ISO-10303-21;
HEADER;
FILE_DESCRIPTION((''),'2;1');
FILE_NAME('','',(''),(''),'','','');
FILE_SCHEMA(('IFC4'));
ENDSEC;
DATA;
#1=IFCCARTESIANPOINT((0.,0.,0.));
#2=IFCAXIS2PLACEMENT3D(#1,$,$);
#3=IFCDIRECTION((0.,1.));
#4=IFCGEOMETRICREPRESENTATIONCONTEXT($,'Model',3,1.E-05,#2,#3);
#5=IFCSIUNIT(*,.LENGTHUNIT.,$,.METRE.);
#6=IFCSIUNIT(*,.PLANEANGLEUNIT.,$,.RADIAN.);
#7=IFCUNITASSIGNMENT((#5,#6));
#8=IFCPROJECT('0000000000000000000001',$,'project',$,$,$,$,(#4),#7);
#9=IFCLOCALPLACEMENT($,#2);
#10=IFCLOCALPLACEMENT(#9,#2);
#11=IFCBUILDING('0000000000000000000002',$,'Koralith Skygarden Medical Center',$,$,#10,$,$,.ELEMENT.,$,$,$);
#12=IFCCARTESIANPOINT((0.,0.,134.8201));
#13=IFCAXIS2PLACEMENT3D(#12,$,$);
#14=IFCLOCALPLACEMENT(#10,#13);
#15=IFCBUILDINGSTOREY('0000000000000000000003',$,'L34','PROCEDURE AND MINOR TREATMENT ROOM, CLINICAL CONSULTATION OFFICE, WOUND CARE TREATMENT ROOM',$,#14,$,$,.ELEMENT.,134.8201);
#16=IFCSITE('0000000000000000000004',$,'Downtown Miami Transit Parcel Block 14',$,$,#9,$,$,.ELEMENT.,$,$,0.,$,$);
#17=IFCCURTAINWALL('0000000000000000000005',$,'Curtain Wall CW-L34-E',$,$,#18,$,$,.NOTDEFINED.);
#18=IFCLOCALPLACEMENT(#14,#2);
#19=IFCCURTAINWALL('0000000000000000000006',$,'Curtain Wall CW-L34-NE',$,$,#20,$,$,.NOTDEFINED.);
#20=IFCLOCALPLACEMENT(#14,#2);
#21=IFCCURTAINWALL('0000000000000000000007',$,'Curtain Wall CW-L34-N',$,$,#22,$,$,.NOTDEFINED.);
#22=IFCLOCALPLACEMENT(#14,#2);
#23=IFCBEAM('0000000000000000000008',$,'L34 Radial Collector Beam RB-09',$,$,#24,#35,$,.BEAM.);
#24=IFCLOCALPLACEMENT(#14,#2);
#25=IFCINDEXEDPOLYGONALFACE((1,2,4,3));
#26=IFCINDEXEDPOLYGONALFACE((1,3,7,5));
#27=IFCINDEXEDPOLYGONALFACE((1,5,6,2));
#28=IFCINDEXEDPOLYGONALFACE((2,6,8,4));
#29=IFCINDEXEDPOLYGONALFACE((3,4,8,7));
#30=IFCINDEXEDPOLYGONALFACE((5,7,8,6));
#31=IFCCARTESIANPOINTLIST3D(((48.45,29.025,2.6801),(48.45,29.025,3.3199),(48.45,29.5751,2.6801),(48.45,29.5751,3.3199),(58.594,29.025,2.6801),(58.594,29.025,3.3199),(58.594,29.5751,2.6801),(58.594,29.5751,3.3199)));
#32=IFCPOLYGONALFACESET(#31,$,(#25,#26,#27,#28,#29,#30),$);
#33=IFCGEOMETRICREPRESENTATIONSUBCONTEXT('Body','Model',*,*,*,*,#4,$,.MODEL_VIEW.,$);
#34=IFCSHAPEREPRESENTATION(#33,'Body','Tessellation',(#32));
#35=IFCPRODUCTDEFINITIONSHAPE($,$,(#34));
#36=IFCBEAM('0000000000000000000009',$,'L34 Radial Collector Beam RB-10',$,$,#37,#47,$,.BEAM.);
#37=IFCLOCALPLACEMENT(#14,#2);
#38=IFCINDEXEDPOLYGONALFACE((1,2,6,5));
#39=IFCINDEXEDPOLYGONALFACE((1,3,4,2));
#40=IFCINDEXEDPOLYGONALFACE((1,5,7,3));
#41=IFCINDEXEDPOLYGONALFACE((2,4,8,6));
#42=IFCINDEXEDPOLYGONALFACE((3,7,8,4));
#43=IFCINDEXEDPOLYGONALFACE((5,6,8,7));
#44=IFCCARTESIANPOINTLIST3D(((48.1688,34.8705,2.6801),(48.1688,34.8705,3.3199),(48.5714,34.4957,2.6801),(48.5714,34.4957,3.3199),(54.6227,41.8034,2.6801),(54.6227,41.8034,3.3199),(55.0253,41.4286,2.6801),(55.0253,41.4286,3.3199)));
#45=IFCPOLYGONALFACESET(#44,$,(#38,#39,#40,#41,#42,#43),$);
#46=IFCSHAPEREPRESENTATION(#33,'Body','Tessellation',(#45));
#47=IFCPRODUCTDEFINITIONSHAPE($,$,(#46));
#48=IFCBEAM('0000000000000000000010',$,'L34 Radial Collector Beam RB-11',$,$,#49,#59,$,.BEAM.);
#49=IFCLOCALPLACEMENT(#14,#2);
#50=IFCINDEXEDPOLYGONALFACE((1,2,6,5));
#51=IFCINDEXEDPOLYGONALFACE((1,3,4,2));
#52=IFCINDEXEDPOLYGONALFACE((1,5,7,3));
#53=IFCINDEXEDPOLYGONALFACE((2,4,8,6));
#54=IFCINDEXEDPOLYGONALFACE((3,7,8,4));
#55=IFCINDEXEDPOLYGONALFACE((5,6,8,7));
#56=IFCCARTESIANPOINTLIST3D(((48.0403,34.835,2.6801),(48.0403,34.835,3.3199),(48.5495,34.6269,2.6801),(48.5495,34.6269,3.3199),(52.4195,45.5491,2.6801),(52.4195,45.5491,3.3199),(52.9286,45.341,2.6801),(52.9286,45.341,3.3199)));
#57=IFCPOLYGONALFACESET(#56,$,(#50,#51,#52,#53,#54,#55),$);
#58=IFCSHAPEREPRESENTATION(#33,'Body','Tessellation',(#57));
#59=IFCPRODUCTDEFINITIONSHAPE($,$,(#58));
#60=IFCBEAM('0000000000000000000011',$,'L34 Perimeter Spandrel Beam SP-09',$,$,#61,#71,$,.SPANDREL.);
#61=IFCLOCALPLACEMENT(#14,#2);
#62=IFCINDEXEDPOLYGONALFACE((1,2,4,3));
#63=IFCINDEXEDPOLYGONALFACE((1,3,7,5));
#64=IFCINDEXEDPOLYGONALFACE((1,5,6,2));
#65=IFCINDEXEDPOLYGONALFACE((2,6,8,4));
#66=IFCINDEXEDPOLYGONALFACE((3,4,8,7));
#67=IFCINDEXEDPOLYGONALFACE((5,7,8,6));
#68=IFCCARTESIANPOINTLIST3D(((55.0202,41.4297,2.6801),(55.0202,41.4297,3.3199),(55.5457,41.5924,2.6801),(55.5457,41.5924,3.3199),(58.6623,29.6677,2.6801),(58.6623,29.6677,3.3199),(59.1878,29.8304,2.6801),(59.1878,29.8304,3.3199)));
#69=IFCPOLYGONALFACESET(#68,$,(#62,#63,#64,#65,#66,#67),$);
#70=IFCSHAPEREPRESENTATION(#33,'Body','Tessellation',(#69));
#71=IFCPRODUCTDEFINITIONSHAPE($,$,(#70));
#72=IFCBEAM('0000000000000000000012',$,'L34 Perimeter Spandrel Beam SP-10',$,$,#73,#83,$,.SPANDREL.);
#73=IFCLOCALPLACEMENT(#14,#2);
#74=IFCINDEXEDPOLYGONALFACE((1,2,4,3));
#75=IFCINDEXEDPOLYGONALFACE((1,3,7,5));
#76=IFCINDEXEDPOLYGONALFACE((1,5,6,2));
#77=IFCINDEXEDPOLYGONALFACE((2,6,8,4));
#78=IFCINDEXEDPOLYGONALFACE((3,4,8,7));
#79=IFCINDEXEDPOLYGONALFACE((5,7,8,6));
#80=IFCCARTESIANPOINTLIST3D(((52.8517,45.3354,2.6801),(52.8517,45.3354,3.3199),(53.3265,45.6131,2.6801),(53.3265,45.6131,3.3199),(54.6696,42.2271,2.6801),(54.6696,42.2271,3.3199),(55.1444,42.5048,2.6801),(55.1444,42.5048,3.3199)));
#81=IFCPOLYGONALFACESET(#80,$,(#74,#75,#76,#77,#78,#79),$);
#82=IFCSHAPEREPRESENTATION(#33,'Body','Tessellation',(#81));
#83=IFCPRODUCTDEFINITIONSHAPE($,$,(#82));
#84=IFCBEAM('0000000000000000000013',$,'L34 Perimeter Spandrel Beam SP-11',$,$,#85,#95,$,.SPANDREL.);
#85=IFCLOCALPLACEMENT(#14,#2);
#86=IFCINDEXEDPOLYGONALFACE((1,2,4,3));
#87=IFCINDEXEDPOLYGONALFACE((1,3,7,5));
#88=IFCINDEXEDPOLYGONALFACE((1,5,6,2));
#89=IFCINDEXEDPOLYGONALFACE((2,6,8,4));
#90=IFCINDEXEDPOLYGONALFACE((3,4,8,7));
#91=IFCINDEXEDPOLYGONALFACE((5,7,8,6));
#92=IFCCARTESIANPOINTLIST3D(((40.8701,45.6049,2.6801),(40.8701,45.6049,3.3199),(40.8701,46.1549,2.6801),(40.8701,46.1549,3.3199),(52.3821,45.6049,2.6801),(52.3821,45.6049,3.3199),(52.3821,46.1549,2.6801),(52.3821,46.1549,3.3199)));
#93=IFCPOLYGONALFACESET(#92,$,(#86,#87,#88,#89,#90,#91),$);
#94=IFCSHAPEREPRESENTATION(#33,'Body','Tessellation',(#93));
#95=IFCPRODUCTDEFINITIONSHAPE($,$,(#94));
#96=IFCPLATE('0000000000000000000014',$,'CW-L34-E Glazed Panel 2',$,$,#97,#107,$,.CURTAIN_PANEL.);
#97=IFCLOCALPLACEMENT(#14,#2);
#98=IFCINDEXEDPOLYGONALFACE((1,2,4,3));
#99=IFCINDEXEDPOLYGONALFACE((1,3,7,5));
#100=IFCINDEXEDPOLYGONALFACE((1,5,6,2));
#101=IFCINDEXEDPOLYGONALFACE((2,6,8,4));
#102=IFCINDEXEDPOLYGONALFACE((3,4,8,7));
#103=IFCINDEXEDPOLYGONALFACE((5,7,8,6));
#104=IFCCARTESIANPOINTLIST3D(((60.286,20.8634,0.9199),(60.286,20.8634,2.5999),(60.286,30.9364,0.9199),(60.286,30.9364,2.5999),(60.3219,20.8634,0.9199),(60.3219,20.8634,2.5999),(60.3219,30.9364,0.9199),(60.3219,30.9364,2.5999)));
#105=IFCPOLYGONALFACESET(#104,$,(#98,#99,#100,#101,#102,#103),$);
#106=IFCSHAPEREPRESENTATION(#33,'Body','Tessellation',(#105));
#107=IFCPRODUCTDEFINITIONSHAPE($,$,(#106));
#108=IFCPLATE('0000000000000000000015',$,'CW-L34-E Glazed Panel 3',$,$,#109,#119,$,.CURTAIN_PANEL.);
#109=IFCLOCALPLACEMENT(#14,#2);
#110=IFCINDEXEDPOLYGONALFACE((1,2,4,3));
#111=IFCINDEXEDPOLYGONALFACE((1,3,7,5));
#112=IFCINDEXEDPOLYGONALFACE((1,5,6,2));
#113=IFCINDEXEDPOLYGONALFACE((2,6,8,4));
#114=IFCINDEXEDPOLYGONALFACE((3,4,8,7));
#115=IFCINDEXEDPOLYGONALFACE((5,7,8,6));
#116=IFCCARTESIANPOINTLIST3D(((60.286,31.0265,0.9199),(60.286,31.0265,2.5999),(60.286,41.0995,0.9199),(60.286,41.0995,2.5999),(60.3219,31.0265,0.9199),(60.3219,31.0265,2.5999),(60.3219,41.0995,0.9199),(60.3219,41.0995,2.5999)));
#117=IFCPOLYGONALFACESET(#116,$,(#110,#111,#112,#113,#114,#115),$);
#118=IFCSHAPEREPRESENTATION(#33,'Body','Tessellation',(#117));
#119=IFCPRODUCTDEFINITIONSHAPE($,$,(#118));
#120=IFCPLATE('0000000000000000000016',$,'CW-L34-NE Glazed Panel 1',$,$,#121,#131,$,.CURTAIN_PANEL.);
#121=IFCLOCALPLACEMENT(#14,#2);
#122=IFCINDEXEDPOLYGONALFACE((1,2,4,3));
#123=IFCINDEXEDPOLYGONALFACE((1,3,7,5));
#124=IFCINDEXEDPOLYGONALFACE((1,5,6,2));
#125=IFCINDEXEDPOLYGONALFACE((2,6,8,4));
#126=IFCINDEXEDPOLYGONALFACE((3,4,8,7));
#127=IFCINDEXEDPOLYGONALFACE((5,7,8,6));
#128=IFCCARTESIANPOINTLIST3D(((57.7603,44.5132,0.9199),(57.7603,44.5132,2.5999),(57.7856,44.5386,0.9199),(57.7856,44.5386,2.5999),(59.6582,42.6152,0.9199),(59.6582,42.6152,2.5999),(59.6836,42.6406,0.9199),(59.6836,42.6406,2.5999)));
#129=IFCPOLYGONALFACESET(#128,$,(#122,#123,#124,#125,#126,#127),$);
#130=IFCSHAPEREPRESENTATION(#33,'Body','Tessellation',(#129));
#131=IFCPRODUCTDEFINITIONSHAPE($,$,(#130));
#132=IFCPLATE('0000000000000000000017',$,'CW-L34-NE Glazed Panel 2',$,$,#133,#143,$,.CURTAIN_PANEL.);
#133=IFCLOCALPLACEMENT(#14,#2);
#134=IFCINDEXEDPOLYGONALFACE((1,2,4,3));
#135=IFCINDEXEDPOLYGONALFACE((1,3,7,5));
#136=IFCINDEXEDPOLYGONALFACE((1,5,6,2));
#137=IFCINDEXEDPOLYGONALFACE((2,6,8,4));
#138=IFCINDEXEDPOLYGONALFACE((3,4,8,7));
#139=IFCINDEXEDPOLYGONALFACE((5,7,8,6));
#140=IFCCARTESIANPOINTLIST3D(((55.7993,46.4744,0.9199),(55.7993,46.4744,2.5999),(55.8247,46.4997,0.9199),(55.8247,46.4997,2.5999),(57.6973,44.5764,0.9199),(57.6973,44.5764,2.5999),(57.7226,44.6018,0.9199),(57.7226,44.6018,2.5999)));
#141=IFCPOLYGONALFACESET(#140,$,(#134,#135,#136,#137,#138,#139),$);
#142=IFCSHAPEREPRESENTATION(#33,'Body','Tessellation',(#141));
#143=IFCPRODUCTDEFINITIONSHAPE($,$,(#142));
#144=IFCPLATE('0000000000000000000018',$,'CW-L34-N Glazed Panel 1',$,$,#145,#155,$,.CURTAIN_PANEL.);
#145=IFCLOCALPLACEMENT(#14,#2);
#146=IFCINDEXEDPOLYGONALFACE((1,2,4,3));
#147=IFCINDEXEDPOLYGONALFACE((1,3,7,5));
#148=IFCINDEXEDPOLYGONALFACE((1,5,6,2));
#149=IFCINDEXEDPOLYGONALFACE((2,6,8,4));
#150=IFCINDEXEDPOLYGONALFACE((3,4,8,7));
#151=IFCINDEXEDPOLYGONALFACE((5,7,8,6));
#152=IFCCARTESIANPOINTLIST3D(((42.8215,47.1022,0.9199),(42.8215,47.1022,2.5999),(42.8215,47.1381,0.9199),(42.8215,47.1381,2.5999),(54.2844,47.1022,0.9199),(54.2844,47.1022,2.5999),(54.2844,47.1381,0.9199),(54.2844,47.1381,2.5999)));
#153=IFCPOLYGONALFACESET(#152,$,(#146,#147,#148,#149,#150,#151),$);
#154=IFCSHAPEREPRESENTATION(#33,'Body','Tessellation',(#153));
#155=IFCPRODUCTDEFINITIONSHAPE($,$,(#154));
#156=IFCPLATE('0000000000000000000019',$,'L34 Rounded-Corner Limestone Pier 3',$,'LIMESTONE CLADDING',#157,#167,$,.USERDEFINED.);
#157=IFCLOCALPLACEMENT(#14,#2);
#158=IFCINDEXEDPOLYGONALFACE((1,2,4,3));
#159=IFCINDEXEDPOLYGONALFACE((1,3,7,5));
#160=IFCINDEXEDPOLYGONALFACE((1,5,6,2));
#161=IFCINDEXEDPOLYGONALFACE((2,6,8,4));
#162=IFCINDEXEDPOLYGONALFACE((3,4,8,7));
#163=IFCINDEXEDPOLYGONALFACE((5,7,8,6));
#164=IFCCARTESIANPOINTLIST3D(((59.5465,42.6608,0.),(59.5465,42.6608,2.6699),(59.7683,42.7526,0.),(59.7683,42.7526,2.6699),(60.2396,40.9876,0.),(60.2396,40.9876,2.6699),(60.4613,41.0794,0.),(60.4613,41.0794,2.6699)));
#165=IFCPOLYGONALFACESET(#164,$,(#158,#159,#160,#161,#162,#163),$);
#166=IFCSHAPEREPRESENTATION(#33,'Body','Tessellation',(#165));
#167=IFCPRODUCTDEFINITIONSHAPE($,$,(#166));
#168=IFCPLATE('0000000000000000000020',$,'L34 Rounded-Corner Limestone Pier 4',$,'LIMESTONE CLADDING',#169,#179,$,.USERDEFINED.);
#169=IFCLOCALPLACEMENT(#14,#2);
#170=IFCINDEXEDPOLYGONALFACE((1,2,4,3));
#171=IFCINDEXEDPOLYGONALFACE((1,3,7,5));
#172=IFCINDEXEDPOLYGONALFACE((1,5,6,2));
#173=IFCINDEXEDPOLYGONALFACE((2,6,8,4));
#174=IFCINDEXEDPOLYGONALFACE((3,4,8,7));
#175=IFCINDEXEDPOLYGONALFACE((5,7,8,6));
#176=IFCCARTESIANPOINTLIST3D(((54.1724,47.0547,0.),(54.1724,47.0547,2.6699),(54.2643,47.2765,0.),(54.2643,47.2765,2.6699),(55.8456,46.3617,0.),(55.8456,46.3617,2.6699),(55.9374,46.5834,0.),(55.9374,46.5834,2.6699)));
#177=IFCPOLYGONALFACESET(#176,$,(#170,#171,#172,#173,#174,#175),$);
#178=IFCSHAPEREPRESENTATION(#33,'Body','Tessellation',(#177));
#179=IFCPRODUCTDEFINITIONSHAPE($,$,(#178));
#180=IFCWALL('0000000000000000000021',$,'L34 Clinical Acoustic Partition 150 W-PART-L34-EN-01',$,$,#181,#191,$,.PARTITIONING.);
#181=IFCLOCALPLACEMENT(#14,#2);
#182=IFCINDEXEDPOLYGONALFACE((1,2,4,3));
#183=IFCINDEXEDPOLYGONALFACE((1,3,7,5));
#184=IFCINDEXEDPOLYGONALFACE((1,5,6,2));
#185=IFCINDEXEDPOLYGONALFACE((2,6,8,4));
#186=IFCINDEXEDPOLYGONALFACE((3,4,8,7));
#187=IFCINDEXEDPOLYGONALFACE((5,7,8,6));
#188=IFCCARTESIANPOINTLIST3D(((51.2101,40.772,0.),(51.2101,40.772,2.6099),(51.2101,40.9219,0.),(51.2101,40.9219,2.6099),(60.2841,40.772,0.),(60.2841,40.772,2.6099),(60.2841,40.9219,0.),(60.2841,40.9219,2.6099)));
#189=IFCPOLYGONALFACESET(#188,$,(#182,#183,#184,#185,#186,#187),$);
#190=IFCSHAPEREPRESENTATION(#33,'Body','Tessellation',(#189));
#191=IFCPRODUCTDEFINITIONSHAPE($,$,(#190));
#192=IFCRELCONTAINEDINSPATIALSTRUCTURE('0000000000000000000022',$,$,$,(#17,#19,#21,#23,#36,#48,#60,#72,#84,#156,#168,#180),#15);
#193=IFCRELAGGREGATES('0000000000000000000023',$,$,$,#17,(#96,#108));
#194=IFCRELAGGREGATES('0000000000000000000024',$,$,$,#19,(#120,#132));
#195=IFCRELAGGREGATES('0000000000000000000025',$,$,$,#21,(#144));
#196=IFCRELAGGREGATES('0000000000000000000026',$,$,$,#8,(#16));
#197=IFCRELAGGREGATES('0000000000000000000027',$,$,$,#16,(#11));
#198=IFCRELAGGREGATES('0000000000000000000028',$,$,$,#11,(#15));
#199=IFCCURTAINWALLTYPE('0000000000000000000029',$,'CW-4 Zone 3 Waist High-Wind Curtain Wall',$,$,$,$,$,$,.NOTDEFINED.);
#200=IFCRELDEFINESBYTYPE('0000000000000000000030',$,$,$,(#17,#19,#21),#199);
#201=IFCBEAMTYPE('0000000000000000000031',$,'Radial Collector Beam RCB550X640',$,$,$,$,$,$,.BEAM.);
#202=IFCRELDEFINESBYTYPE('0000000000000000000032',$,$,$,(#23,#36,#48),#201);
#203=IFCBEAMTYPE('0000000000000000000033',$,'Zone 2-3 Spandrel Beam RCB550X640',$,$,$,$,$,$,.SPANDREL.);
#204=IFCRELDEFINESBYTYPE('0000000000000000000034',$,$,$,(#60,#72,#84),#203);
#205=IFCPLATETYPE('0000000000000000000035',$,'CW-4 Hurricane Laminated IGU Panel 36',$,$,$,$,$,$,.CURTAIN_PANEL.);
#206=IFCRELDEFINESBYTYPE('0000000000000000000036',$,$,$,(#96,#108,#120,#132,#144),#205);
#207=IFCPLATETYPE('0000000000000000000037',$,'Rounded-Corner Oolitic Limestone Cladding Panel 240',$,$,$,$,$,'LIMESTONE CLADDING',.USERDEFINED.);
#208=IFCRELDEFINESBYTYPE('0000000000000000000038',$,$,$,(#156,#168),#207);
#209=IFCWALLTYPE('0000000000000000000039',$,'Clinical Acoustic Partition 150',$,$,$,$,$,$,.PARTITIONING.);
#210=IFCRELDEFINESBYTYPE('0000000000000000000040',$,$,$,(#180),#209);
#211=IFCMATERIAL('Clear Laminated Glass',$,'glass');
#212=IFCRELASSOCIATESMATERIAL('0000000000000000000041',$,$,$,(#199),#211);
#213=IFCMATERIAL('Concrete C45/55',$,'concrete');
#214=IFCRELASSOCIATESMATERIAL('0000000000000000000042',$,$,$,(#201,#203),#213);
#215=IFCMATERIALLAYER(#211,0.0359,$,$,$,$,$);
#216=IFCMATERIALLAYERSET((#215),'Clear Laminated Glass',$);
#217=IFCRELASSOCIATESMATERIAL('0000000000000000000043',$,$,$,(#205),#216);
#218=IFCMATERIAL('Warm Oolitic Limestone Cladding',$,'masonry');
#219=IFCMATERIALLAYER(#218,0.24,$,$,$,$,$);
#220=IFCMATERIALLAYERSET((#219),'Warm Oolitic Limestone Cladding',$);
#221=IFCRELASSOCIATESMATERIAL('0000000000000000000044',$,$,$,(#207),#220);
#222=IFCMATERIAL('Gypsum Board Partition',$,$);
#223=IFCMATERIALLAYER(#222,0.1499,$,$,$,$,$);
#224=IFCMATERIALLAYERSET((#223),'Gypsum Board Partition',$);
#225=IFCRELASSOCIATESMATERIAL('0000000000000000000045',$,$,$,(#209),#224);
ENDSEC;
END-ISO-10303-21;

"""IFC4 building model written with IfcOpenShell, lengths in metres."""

from ifc_helpers import new_model, si_unit, direction, frame, frame_2d, origin, origin_2d, place, context, subcontext, project, spatial, rectangle, extrude, material, layer, layer_set, material_profile, profile_set, type_object, element, aggregate, save


model = new_model("IFC4")

# Units and contexts
model_context = context("Model", 3, precision=1e-05, world=origin(), true_north=direction((0.0, 1.0)))
body_context = subcontext(model_context, "Body", "Model", "MODEL_VIEW")
ifc_project = project(units=[si_unit("LENGTHUNIT", "METRE"), si_unit("PLANEANGLEUNIT", "RADIAN")], contexts=[model_context])

# Site, building, storey
site_placement = place(None, origin())
site = spatial("IfcSite", under=ifc_project, at=site_placement, Name="Downtown Miami Transit Parcel Block 14", CompositionType="ELEMENT", RefElevation=0.0)
building_placement = place(site_placement, origin())
building = spatial("IfcBuilding", under=site, at=building_placement, Name="Koralith Skygarden Medical Center", CompositionType="ELEMENT")
storey_placement = place(building_placement, frame((0.0, 0.0, 134.8201)))
storey = spatial("IfcBuildingStorey", under=building, at=storey_placement, Name="L34", Description="PROCEDURE AND MINOR TREATMENT ROOM, CLINICAL CONSULTATION OFFICE, WOUND CARE TREATMENT ROOM", CompositionType="ELEMENT", Elevation=134.8201)

# Curtain walls
ifc_material_1 = material(Name="Clear Laminated Glass", Category="glass")
curtain_wall_type = type_object("IfcCurtainWallType", Name="CW-4 Zone 3 Waist High-Wind Curtain Wall", PredefinedType="NOTDEFINED", material=ifc_material_1)
curtain_wall_1_placement = place(storey_placement, origin())
curtain_wall_1 = element("IfcCurtainWall", 1, at=curtain_wall_1_placement, inside=storey, type_object=curtain_wall_type, Name="Curtain Wall CW-L34-E", PredefinedType="NOTDEFINED")
curtain_wall_2_placement = place(storey_placement, origin())
curtain_wall_2 = element("IfcCurtainWall", 2, at=curtain_wall_2_placement, inside=storey, type_object=curtain_wall_type, Name="Curtain Wall CW-L34-NE", PredefinedType="NOTDEFINED")

# Curtain wall
curtain_wall_3_placement = place(storey_placement, origin())
curtain_wall_3 = element("IfcCurtainWall", 3, at=curtain_wall_3_placement, inside=storey, type_object=curtain_wall_type, Name="Curtain Wall CW-L34-N", PredefinedType="NOTDEFINED")

# Beams
ifc_material_2 = material(Name="Concrete C45/55", Category="concrete")
ifc_material_profile_1 = material_profile(ifc_material_2, rectangle(XDim=0.55, YDim=0.6399, at=origin_2d()), Name="RCB550X640")
ifc_profile_set_1 = profile_set([ifc_material_profile_1], Name="Concrete C45/55")
beam_type_1 = type_object("IfcBeamType", Name="Radial Collector Beam RCB550X640", PredefinedType="BEAM", material=ifc_profile_set_1)
beam_1_placement = place(storey_placement, frame((48.45, 29.3, 3.0), z_axis=(1.0, 0.0, 0.0), x_axis=(0.0, 1.0, 0.0)))
element("IfcBeam", 4, at=beam_1_placement, inside=storey, type_object=beam_type_1, Name="L34 Radial Collector Beam RB-09", PredefinedType="BEAM", context=body_context, shape_type="SweptSolid", body=[
    extrude(rectangle(XDim=0.55, YDim=0.6399, at=origin_2d()), origin(), (0.0, 0.0, 1.0), 10.144),
])
beam_2_placement = place(storey_placement, frame((48.3701, 34.6831, 3.0), z_axis=(0.681369, 0.73194, 0.0), x_axis=(-0.73194, 0.681369, 0.0)))
element("IfcBeam", 5, at=beam_2_placement, inside=storey, type_object=beam_type_1, Name="L34 Radial Collector Beam RB-10", PredefinedType="BEAM", context=body_context, shape_type="SweptSolid", body=[
    extrude(rectangle(XDim=0.55, YDim=0.6399, at=origin_2d()), origin(), (0.0, 0.0, 1.0), 9.4719),
])
beam_3_placement = place(storey_placement, frame((48.2949, 34.731, 3.0), z_axis=(0.378345, 0.925665, 0.0), x_axis=(-0.925665, 0.378345, 0.0)))
element("IfcBeam", 6, at=beam_3_placement, inside=storey, type_object=beam_type_1, Name="L34 Radial Collector Beam RB-11", PredefinedType="BEAM", context=body_context, shape_type="SweptSolid", body=[
    extrude(rectangle(XDim=0.55, YDim=0.6399, at=origin_2d()), origin(), (0.0, 0.0, 1.0), 11.5745),
])
ifc_material_profile_2 = material_profile(ifc_material_2, rectangle(XDim=0.55, YDim=0.6399, at=origin_2d()), Name="RCB550X640")
ifc_profile_set_2 = profile_set([ifc_material_profile_2], Name="Concrete C45/55")
beam_type_2 = type_object("IfcBeamType", Name="Zone 2-3 Spandrel Beam RCB550X640", PredefinedType="SPANDREL", material=ifc_profile_set_2)
beam_4_placement = place(storey_placement, frame((58.925, 29.749, 3.0), z_axis=(-0.295794, 0.955252, 0.0), x_axis=(-0.955252, -0.295794, 0.0)))
element("IfcBeam", 7, at=beam_4_placement, inside=storey, type_object=beam_type_2, Name="L34 Perimeter Spandrel Beam SP-09", PredefinedType="SPANDREL", context=body_context, shape_type="SweptSolid", body=[
    extrude(rectangle(XDim=0.55, YDim=0.6399, at=origin_2d()), origin(), (0.0, 0.0, 1.0), 12.313),
])
beam_5_placement = place(storey_placement, frame((54.907, 42.366, 3.0), z_axis=(-0.504861, 0.8632, 0.0), x_axis=(-0.8632, -0.504861, 0.0)))
element("IfcBeam", 8, at=beam_5_placement, inside=storey, type_object=beam_type_2, Name="L34 Perimeter Spandrel Beam SP-10", PredefinedType="SPANDREL", context=body_context, shape_type="SweptSolid", body=[
    extrude(rectangle(XDim=0.55, YDim=0.6399, at=origin_2d()), origin(), (0.0, 0.0, 1.0), 3.6008),
])
beam_6_placement = place(storey_placement, frame((52.3821, 45.8799, 3.0), z_axis=(-1.0, 0.0, 0.0), x_axis=(0.0, -1.0, 0.0)))
element("IfcBeam", 9, at=beam_6_placement, inside=storey, type_object=beam_type_2, Name="L34 Perimeter Spandrel Beam SP-11", PredefinedType="SPANDREL", context=body_context, shape_type="SweptSolid", body=[
    extrude(rectangle(XDim=0.55, YDim=0.6399, at=origin_2d()), origin(), (0.0, 0.0, 1.0), 11.512),
])

# Plates
ifc_layer_1 = layer(ifc_material_1, 0.0359)
ifc_layer_set_1 = layer_set([ifc_layer_1], Name="Clear Laminated Glass")
plate_type_1 = type_object("IfcPlateType", Name="CW-4 Hurricane Laminated IGU Panel 36", PredefinedType="CURTAIN_PANEL", material=ifc_layer_set_1)
plate_1_placement = place(storey_placement, frame((60.304, 25.8999, 0.9199), z_axis=(0.0, 0.0, 1.0), x_axis=(0.0, 1.0, 0.0)))
plate_1 = element("IfcPlate", 10, at=plate_1_placement, type_object=plate_type_1, Name="CW-L34-E Glazed Panel 2", PredefinedType="CURTAIN_PANEL", context=body_context, shape_type="SweptSolid", body=[
    extrude(rectangle(XDim=10.073, YDim=0.0359, at=origin_2d()), origin(), (0.0, 0.0, 1.0), 1.6799),
])
plate_2_placement = place(storey_placement, frame((60.304, 36.063, 0.9199), z_axis=(0.0, 0.0, 1.0), x_axis=(0.0, 1.0, 0.0)))
plate_2 = element("IfcPlate", 11, at=plate_2_placement, type_object=plate_type_1, Name="CW-L34-E Glazed Panel 3", PredefinedType="CURTAIN_PANEL", context=body_context, shape_type="SweptSolid", body=[
    extrude(rectangle(XDim=10.073, YDim=0.0359, at=origin_2d()), origin(), (0.0, 0.0, 1.0), 1.6799),
])
aggregate(curtain_wall_1, [plate_1, plate_2])
plate_3_placement = place(storey_placement, frame((58.7219, 43.5769, 0.9199), z_axis=(0.0, 0.0, 1.0), x_axis=(-0.707107, 0.707107, 0.0)))
plate_3 = element("IfcPlate", 12, at=plate_3_placement, type_object=plate_type_1, Name="CW-L34-NE Glazed Panel 1", PredefinedType="CURTAIN_PANEL", context=body_context, shape_type="SweptSolid", body=[
    extrude(rectangle(XDim=2.6841, YDim=0.0359, at=origin_2d()), origin(), (0.0, 0.0, 1.0), 1.6799),
])
plate_4_placement = place(storey_placement, frame((56.761, 45.5381, 0.9199), z_axis=(0.0, 0.0, 1.0), x_axis=(-0.707107, 0.707107, 0.0)))
plate_4 = element("IfcPlate", 13, at=plate_4_placement, type_object=plate_type_1, Name="CW-L34-NE Glazed Panel 2", PredefinedType="CURTAIN_PANEL", context=body_context, shape_type="SweptSolid", body=[
    extrude(rectangle(XDim=2.6841, YDim=0.0359, at=origin_2d()), origin(), (0.0, 0.0, 1.0), 1.6799),
])
aggregate(curtain_wall_2, [plate_3, plate_4])
plate_5_placement = place(storey_placement, frame((48.553, 47.1201, 0.9199), z_axis=(0.0, 0.0, 1.0), x_axis=(-1.0, 0.0, 0.0)))
plate_5 = element("IfcPlate", 14, at=plate_5_placement, type_object=plate_type_1, Name="CW-L34-N Glazed Panel 1", PredefinedType="CURTAIN_PANEL", context=body_context, shape_type="SweptSolid", body=[
    extrude(rectangle(XDim=11.4629, YDim=0.0359, at=origin_2d()), origin(), (0.0, 0.0, 1.0), 1.6799),
])
aggregate(curtain_wall_3, [plate_5])

# Plates
ifc_material_3 = material(Name="Warm Oolitic Limestone Cladding", Category="masonry")
ifc_layer_2 = layer(ifc_material_3, 0.24)
ifc_layer_set_2 = layer_set([ifc_layer_2], Name="Warm Oolitic Limestone Cladding")
plate_type_2 = type_object("IfcPlateType", Name="Rounded-Corner Oolitic Limestone Cladding Panel 240", ElementType="LIMESTONE CLADDING", PredefinedType="USERDEFINED", material=ifc_layer_set_2)
for number, where, z_axis, x_axis, name in (
    (15, (60.0039, 41.8701, 0.0), (0.0, 0.0, 1.0), (-0.382671, 0.923885, 0.0), "L34 Rounded-Corner Limestone Pier 3"),
    (16, (55.0549, 46.8191, 0.0), (0.0, 0.0, 1.0), (-0.923885, 0.382671, 0.0), "L34 Rounded-Corner Limestone Pier 4"),
):
    element("IfcPlate", number, at=place(storey_placement, frame(where, z_axis=z_axis, x_axis=x_axis)), inside=storey, type_object=plate_type_2, Name=name, ObjectType="LIMESTONE CLADDING", PredefinedType="USERDEFINED", context=body_context, shape_type="SweptSolid", body=[
        extrude(rectangle(XDim=1.811, YDim=0.24, at=origin_2d()), origin(), (0.0, 0.0, 1.0), 2.6699),
    ])

# Wall
ifc_material_4 = material(Name="Gypsum Board Partition")
ifc_layer_3 = layer(ifc_material_4, 0.1499)
ifc_layer_set_3 = layer_set([ifc_layer_3], Name="Gypsum Board Partition")
wall_type_1 = type_object("IfcWallType", Name="Clinical Acoustic Partition 150", PredefinedType="PARTITIONING", material=ifc_layer_set_3)
wall_1_placement = place(storey_placement, frame((51.21, 40.8469, 0.0), z_axis=(0.0, 0.0, 1.0), x_axis=(1.0, 0.0, 0.0)))
element("IfcWall", 17, at=wall_1_placement, inside=storey, type_object=wall_type_1, Name="L34 Clinical Acoustic Partition 150 W-PART-L34-EN-01", PredefinedType="PARTITIONING", context=body_context, shape_type="SweptSolid", body=[
    extrude(rectangle(XDim=9.074, YDim=0.1499, at=frame_2d((4.5371, 0.0))), origin(), (0.0, 0.0, 1.0), 2.6099),
])

save(model, "model.ifc")
